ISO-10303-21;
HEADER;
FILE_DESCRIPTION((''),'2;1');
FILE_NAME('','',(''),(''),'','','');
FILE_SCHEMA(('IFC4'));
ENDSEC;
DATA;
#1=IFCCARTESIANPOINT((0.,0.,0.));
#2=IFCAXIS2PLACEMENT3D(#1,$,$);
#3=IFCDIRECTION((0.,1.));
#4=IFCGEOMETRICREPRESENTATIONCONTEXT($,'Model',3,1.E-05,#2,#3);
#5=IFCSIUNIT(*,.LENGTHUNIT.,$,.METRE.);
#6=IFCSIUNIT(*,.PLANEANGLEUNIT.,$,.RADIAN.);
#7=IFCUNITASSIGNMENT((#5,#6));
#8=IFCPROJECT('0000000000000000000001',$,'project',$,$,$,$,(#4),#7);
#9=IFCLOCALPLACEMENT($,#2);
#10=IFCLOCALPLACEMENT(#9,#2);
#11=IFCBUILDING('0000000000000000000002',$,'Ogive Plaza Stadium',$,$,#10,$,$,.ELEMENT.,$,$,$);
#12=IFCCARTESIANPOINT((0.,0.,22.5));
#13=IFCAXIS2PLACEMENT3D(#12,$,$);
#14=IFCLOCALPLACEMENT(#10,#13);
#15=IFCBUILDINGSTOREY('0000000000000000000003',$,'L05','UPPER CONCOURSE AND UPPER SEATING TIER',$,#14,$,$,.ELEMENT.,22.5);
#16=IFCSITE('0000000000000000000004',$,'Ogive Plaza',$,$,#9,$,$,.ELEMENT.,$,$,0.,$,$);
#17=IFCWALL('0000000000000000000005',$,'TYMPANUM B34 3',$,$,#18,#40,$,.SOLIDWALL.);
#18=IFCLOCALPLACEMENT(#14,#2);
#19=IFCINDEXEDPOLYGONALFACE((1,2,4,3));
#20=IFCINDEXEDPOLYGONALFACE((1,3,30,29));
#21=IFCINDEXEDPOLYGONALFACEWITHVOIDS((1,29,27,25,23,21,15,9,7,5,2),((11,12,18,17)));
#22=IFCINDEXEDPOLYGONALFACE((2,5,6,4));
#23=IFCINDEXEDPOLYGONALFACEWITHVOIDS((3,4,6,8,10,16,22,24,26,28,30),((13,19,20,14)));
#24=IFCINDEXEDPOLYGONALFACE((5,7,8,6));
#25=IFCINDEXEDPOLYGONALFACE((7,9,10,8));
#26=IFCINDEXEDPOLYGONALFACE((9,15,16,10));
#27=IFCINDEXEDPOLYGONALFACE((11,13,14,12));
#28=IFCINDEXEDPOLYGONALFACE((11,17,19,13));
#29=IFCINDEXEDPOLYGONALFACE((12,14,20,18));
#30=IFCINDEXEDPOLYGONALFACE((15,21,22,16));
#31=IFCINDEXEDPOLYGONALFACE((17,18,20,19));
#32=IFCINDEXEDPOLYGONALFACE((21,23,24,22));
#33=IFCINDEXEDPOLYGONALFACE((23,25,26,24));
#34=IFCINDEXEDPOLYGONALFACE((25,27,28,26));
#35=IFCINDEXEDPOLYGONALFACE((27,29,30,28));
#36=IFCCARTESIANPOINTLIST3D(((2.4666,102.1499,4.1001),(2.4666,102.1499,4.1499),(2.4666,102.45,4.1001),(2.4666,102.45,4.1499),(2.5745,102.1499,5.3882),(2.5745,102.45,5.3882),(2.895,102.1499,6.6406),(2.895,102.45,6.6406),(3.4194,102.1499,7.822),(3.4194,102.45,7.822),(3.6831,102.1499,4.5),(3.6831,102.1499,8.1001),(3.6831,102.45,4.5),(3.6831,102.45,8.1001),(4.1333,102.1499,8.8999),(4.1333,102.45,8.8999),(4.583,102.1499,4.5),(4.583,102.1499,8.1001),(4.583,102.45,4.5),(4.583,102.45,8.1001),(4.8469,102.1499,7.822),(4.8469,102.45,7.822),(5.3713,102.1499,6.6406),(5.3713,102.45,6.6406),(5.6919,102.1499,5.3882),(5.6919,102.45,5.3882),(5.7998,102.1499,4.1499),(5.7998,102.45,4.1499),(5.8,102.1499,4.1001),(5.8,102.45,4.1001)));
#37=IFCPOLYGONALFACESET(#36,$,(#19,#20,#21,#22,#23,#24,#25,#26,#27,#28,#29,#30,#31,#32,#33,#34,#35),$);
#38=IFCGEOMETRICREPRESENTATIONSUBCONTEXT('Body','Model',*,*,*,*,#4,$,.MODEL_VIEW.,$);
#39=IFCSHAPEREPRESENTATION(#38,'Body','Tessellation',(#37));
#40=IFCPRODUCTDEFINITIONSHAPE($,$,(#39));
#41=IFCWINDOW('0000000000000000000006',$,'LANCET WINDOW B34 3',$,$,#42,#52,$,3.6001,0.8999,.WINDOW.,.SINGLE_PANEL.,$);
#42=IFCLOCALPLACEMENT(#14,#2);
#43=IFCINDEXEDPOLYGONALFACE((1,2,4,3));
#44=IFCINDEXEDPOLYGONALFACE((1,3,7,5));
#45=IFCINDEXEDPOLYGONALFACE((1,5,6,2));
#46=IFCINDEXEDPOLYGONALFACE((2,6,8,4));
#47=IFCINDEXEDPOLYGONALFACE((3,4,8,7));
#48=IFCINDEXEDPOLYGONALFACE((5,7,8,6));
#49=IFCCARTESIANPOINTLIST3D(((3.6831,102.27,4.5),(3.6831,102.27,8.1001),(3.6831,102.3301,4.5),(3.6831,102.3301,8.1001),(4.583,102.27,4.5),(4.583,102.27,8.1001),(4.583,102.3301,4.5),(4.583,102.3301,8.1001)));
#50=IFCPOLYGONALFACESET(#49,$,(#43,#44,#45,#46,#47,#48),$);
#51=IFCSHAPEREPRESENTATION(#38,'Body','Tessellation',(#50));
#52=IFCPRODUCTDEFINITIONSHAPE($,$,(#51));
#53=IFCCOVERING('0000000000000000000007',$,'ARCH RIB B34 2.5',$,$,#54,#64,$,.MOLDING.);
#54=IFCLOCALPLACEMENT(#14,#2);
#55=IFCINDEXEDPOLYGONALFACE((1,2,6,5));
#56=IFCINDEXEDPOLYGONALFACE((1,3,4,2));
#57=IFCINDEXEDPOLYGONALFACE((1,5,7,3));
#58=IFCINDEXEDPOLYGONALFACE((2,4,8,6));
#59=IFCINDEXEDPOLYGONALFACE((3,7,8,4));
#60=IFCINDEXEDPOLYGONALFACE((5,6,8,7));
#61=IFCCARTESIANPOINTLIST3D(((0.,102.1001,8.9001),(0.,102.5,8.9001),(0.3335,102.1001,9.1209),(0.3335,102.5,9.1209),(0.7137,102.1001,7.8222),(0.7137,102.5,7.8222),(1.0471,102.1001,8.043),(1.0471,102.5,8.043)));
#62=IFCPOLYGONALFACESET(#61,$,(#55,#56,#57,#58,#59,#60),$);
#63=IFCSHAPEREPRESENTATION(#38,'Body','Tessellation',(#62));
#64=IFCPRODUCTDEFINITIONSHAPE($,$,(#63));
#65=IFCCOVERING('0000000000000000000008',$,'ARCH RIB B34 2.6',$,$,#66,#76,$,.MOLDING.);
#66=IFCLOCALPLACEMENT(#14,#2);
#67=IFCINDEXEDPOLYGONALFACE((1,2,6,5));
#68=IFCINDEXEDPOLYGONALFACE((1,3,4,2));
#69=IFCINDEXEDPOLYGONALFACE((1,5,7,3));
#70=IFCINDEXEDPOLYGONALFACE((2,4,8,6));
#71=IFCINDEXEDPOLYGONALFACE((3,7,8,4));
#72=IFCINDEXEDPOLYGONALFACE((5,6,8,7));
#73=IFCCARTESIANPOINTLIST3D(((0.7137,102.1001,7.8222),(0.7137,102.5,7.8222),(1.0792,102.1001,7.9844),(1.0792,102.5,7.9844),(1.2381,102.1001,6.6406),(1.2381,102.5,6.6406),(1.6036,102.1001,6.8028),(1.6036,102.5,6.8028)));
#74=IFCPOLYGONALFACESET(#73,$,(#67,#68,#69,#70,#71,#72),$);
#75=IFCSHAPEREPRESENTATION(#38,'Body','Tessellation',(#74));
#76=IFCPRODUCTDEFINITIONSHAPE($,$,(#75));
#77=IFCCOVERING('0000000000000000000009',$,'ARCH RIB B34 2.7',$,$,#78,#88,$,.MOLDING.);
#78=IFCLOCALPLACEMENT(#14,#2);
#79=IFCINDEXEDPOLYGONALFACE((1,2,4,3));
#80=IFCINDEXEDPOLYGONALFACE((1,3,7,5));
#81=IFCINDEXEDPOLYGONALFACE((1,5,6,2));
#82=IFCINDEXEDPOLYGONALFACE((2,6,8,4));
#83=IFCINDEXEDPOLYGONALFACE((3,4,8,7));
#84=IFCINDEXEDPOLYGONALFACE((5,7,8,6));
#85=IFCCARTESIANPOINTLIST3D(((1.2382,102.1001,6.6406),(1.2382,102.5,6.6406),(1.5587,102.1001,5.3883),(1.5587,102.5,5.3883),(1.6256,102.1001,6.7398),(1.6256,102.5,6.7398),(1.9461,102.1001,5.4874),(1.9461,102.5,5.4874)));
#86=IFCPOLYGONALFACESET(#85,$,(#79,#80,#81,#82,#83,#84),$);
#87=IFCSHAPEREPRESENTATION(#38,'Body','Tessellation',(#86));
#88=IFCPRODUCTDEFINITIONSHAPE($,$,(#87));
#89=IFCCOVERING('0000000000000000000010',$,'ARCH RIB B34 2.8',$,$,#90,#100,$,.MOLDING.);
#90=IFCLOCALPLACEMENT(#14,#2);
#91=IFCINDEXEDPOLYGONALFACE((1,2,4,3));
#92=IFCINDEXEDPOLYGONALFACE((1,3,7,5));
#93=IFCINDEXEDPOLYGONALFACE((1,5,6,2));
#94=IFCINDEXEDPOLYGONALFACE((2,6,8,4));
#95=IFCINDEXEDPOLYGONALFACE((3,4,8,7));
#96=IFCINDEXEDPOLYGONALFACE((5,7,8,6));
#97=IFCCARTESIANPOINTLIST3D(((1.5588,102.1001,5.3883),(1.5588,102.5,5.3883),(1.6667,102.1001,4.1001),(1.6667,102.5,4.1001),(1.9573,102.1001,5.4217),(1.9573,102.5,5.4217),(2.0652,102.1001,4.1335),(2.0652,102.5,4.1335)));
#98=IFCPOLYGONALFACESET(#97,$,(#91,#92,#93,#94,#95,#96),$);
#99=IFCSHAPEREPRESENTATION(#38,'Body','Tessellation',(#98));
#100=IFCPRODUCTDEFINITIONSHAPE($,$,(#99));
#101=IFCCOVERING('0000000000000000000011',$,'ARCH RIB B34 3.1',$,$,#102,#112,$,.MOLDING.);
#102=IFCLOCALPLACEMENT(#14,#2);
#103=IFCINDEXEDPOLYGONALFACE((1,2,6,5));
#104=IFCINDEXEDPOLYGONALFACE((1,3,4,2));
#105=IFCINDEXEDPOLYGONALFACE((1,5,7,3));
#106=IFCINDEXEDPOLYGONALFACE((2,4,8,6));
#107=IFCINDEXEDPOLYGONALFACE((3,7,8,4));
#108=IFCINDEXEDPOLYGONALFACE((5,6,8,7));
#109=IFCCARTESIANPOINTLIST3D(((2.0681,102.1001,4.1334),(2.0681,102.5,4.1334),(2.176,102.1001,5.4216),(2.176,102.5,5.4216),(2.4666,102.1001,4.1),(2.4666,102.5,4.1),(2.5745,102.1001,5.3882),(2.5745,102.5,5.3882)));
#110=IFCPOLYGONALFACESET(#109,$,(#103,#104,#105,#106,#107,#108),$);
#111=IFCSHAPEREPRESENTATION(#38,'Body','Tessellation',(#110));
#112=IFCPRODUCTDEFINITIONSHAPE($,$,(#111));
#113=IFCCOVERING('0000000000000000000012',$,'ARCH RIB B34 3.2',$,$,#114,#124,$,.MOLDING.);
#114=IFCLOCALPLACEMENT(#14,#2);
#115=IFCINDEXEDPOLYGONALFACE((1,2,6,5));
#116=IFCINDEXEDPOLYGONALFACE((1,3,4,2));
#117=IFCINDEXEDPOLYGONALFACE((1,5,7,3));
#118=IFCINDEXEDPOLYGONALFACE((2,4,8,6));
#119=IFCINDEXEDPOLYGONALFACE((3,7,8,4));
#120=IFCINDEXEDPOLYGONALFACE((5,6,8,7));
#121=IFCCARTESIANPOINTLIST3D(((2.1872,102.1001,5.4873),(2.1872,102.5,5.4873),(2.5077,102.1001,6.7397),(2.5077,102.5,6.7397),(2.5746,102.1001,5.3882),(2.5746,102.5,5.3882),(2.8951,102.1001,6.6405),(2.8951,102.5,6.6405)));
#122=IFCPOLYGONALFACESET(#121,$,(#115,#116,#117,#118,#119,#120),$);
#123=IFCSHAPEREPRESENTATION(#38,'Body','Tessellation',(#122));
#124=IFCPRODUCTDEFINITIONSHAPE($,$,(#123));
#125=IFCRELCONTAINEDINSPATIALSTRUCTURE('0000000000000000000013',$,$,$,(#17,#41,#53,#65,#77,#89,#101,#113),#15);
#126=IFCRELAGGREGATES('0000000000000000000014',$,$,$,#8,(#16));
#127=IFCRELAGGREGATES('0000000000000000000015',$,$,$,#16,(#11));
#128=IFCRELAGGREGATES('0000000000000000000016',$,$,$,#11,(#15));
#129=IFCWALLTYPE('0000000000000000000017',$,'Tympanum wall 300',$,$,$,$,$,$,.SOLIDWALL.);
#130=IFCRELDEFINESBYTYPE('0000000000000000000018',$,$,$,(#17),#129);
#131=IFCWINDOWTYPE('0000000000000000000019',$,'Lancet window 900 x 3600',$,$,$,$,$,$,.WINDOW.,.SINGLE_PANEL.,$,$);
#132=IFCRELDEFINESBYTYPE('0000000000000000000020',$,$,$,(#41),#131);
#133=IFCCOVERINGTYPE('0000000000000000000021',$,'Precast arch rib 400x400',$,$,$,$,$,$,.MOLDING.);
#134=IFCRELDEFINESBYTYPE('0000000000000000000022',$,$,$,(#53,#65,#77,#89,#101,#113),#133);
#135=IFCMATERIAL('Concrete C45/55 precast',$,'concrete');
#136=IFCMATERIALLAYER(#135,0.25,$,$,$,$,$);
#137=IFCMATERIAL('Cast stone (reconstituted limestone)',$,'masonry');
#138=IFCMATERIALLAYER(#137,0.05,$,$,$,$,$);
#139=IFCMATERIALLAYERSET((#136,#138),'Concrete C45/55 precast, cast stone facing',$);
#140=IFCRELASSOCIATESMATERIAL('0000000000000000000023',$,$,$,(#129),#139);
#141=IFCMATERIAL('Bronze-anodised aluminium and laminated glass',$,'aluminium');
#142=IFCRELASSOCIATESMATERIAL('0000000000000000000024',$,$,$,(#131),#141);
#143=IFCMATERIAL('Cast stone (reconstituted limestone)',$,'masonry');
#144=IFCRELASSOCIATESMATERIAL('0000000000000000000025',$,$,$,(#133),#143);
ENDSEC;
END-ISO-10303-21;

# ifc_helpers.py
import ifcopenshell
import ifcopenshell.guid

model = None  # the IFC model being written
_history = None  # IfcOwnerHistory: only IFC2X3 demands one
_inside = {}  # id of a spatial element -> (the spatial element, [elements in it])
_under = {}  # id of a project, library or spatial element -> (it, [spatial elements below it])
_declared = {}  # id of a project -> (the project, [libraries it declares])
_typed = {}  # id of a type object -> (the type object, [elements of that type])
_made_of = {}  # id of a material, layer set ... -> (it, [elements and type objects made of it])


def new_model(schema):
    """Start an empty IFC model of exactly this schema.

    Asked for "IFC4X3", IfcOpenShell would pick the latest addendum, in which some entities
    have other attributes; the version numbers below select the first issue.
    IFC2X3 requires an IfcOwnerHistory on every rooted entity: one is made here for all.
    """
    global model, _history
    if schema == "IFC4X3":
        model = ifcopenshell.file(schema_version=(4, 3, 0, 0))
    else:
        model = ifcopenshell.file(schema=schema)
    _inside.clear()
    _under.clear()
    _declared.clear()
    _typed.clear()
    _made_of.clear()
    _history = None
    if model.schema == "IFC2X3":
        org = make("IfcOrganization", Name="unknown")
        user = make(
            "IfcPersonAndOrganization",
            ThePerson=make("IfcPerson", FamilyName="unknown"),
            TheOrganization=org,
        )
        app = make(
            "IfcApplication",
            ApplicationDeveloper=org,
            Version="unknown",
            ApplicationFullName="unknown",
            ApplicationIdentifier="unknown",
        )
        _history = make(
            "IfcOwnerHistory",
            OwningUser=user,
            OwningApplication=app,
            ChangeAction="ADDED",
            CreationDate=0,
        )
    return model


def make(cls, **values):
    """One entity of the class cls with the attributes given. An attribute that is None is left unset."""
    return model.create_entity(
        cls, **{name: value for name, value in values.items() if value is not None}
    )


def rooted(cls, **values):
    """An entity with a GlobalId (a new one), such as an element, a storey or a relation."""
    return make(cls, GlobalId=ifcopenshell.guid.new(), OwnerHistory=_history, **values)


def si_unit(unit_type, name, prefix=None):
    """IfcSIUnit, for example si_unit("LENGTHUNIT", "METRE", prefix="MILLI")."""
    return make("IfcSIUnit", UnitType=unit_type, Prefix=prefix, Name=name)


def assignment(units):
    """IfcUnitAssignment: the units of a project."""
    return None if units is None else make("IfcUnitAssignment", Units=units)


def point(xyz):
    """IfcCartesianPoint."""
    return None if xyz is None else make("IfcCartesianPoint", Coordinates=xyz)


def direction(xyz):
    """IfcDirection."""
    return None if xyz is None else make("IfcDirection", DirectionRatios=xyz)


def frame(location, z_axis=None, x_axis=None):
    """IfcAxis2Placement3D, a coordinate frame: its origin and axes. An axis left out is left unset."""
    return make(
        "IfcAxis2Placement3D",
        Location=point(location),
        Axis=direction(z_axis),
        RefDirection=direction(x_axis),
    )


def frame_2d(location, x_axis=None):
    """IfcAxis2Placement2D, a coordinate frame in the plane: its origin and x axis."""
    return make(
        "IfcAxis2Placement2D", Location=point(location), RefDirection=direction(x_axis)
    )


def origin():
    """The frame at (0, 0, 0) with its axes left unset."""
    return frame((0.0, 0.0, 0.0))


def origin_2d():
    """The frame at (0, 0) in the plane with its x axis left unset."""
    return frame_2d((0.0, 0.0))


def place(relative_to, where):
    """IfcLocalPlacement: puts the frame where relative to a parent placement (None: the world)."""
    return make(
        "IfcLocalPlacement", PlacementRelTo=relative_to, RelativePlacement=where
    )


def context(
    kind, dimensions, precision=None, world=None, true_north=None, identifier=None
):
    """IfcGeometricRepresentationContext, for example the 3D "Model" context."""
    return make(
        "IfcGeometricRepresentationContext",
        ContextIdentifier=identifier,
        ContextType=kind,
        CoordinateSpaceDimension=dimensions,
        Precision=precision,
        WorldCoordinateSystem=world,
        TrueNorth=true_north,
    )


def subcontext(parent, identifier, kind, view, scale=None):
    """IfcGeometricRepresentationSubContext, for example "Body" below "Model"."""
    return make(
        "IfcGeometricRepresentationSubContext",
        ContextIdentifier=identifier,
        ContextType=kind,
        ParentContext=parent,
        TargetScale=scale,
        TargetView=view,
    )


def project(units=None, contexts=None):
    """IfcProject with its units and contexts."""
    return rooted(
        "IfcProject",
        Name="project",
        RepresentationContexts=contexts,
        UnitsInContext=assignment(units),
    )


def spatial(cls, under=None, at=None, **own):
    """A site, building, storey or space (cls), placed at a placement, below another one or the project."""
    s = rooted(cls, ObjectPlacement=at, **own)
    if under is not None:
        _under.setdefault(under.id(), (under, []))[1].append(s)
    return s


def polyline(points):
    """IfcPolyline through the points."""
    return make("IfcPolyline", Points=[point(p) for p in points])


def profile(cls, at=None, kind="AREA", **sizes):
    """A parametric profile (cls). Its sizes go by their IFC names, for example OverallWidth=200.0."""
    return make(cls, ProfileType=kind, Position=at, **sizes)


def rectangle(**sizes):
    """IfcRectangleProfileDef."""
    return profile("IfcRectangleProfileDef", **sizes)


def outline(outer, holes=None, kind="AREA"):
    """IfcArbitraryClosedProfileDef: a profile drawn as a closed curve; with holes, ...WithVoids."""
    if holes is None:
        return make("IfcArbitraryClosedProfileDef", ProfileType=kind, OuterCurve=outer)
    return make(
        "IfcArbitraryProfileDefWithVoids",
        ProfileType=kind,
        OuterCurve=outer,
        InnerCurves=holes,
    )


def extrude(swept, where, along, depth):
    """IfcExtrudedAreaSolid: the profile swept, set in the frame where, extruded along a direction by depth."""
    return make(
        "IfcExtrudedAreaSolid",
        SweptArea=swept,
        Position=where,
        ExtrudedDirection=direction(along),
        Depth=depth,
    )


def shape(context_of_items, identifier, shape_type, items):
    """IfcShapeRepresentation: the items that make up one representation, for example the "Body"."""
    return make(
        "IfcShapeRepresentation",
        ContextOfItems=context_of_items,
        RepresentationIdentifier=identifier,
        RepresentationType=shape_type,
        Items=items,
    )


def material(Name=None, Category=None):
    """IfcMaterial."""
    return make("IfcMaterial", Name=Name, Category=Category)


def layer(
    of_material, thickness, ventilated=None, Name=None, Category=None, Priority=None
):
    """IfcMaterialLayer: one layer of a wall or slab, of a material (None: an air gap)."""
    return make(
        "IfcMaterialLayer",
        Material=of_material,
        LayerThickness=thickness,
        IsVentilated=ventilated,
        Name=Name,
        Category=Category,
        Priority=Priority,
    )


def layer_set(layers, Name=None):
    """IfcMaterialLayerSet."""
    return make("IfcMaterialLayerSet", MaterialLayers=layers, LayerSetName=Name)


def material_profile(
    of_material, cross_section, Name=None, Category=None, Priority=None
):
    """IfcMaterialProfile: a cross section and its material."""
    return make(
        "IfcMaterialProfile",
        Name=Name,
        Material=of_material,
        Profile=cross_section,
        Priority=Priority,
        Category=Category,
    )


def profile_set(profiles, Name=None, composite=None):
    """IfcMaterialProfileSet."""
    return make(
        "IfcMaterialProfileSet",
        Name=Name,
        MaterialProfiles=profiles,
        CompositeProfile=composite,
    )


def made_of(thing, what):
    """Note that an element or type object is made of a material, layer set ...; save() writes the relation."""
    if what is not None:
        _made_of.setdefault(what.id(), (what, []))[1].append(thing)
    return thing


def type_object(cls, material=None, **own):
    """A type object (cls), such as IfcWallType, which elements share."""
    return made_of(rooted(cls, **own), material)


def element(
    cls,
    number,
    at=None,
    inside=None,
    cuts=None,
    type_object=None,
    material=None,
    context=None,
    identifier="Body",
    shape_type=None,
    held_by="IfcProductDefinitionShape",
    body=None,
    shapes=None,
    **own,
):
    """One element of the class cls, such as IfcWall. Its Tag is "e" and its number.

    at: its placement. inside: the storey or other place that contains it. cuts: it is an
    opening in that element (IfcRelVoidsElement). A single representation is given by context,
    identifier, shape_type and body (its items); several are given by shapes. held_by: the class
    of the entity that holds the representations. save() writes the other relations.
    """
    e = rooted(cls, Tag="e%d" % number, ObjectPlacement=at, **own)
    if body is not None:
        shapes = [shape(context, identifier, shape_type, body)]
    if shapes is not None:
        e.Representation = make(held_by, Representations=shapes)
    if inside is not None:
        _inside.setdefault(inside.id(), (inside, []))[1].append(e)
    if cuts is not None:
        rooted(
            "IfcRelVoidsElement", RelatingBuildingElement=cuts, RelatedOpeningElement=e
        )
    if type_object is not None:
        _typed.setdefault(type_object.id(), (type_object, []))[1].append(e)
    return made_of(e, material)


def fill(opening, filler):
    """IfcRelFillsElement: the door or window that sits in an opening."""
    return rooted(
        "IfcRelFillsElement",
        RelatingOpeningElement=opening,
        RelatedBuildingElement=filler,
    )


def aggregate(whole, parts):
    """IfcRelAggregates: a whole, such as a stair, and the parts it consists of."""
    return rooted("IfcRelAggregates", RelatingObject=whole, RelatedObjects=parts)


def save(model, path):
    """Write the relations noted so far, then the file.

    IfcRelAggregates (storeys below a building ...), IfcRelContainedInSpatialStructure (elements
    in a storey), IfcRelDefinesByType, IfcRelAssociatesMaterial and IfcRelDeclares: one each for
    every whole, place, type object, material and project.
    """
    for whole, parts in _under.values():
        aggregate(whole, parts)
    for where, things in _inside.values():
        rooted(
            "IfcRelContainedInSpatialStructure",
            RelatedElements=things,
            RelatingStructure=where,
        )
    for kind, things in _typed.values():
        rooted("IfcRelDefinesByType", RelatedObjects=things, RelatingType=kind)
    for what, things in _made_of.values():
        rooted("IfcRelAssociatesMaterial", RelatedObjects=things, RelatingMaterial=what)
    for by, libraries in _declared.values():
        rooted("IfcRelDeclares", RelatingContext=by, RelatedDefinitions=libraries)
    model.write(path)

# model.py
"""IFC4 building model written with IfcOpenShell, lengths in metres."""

from ifc_helpers import new_model, si_unit, direction, frame, frame_2d, origin, origin_2d, place, context, subcontext, project, spatial, polyline, rectangle, outline, extrude, material, layer, layer_set, material_profile, profile_set, type_object, element, fill, save


model = new_model("IFC4")

# Units and contexts
model_context = context("Model", 3, precision=1e-05, world=origin(), true_north=direction((0.0, 1.0)))
body_context = subcontext(model_context, "Body", "Model", "MODEL_VIEW")
ifc_project = project(units=[si_unit("LENGTHUNIT", "METRE"), si_unit("PLANEANGLEUNIT", "RADIAN")], contexts=[model_context])

# Site, building, storey
site_placement = place(None, origin())
site = spatial("IfcSite", under=ifc_project, at=site_placement, Name="Ogive Plaza", CompositionType="ELEMENT", RefElevation=0.0)
building_placement = place(site_placement, origin())
building = spatial("IfcBuilding", under=site, at=building_placement, Name="Ogive Plaza Stadium", CompositionType="ELEMENT")
storey_placement = place(building_placement, frame((0.0, 0.0, 22.5)))
storey = spatial("IfcBuildingStorey", under=building, at=storey_placement, Name="L05", Description="UPPER CONCOURSE AND UPPER SEATING TIER", CompositionType="ELEMENT", Elevation=22.5)

# Wall, opening, window
ifc_material_1 = material(Name="Concrete C45/55 precast", Category="concrete")
ifc_layer_1 = layer(ifc_material_1, 0.25)
ifc_material_2 = material(Name="Cast stone (reconstituted limestone)", Category="masonry")
ifc_layer_2 = layer(ifc_material_2, 0.05)
ifc_layer_set_1 = layer_set([ifc_layer_1, ifc_layer_2], Name="Concrete C45/55 precast, cast stone facing")
wall_type = type_object("IfcWallType", Name="Tympanum wall 300", PredefinedType="SOLIDWALL", material=ifc_layer_set_1)
wall_placement = place(storey_placement, frame((2.4666, 102.3, 4.1001), z_axis=(0.0, 0.0, 1.0), x_axis=(1.0, 0.0, 0.0)))
wall = element("IfcWall", 1, at=wall_placement, inside=storey, type_object=wall_type, Name="TYMPANUM B34 3", PredefinedType="SOLIDWALL", context=body_context, shape_type="SweptSolid", body=[
    extrude(outline(polyline([(0.0, 0.0), (3.3335, 0.0), (3.3333, 0.0498), (3.2253, 1.2881), (2.9048, 2.5405), (2.3804, 3.7219), (1.6667, 4.7998), (0.9529, 3.7219), (0.4285, 2.5405), (0.1079, 1.2881), (0.0, 0.0498), (0.0, 0.0)])), frame((0.0, 0.1499, 0.0), z_axis=(0.0, -1.0, 0.0), x_axis=(1.0, 0.0, 0.0)), (0.0, 0.0, 1.0), 0.3),
])
opening_placement = place(wall_placement, frame((1.2166, 0.0, 0.3999)))
opening = element("IfcOpeningElement", 2, at=opening_placement, cuts=wall, PredefinedType="OPENING", context=body_context, shape_type="SweptSolid", body=[
    extrude(rectangle(XDim=0.8999, YDim=3.6001, at=frame_2d((0.45, 1.8))), frame((0.0, 0.1602, 0.0), z_axis=(0.0, -1.0, 0.0), x_axis=(1.0, 0.0, 0.0)), (0.0, 0.0, 1.0), 0.3201),
])
ifc_material_3 = material(Name="Bronze-anodised aluminium and laminated glass", Category="aluminium")
window_type = type_object("IfcWindowType", Name="Lancet window 900 x 3600", PartitioningType="SINGLE_PANEL", PredefinedType="WINDOW", material=ifc_material_3)
window_placement = place(opening_placement, origin())
window = element("IfcWindow", 3, at=window_placement, inside=storey, type_object=window_type, Name="LANCET WINDOW B34 3", OverallHeight=3.6001, OverallWidth=0.8999, PartitioningType="SINGLE_PANEL", PredefinedType="WINDOW", context=body_context, shape_type="SweptSolid", body=[
    extrude(rectangle(XDim=0.8999, YDim=3.6001, at=frame_2d((0.45, 1.8))), frame((0.0, 0.03, 0.0), z_axis=(0.0, -1.0, 0.0), x_axis=(1.0, 0.0, 0.0)), (0.0, 0.0, 1.0), 0.0601),
])
fill(opening, window)

# Coverings
ifc_material_4 = material(Name="Cast stone (reconstituted limestone)", Category="masonry")
ifc_material_profile_1 = material_profile(ifc_material_4, rectangle(XDim=0.3999, YDim=0.3999, at=origin_2d()), Name="Cast stone 400x400")
ifc_profile_set_1 = profile_set([ifc_material_profile_1], Name="Cast stone (reconstituted limestone)")
covering_type = type_object("IfcCoveringType", Name="Precast arch rib 400x400", PredefinedType="MOLDING", material=ifc_profile_set_1)
for number, where, z_axis, x_axis, name in (
    (4, (0.1667, 102.3, 9.0105), (0.552039, 0.0, -0.833818), (0.0, 1.0, 0.0), "ARCH RIB B34 2.5"),
    (5, (0.8965, 102.3, 7.9033), (0.405648, 0.0, -0.914029), (0.0, 1.0, 0.0), "ARCH RIB B34 2.6"),
    (6, (1.4319, 102.3, 6.6902), (0.247953, 0.0, -0.968772), (0.0, 1.0, 0.0), "ARCH RIB B34 2.7"),
    (7, (1.7581, 102.3, 5.405), (0.083467, 0.0, -0.996511), (0.0, 1.0, 0.0), "ARCH RIB B34 2.8"),
    (8, (2.2673, 102.3, 4.1167), (0.083467, 0.0, 0.996511), (0.0, 1.0, 0.0), "ARCH RIB B34 3.1"),
    (9, (2.3809, 102.3, 5.4377), (0.247953, 0.0, 0.968772), (0.0, 1.0, 0.0), "ARCH RIB B34 3.2"),
):
    element("IfcCovering", number, at=place(storey_placement, frame(where, z_axis=z_axis, x_axis=x_axis)), inside=storey, type_object=covering_type, Name=name, PredefinedType="MOLDING", context=body_context, shape_type="SweptSolid", body=[
        extrude(rectangle(XDim=0.3999, YDim=0.3999, at=origin_2d()), origin(), (0.0, 0.0, 1.0), 1.2927),
    ])

save(model, "model.ifc")
